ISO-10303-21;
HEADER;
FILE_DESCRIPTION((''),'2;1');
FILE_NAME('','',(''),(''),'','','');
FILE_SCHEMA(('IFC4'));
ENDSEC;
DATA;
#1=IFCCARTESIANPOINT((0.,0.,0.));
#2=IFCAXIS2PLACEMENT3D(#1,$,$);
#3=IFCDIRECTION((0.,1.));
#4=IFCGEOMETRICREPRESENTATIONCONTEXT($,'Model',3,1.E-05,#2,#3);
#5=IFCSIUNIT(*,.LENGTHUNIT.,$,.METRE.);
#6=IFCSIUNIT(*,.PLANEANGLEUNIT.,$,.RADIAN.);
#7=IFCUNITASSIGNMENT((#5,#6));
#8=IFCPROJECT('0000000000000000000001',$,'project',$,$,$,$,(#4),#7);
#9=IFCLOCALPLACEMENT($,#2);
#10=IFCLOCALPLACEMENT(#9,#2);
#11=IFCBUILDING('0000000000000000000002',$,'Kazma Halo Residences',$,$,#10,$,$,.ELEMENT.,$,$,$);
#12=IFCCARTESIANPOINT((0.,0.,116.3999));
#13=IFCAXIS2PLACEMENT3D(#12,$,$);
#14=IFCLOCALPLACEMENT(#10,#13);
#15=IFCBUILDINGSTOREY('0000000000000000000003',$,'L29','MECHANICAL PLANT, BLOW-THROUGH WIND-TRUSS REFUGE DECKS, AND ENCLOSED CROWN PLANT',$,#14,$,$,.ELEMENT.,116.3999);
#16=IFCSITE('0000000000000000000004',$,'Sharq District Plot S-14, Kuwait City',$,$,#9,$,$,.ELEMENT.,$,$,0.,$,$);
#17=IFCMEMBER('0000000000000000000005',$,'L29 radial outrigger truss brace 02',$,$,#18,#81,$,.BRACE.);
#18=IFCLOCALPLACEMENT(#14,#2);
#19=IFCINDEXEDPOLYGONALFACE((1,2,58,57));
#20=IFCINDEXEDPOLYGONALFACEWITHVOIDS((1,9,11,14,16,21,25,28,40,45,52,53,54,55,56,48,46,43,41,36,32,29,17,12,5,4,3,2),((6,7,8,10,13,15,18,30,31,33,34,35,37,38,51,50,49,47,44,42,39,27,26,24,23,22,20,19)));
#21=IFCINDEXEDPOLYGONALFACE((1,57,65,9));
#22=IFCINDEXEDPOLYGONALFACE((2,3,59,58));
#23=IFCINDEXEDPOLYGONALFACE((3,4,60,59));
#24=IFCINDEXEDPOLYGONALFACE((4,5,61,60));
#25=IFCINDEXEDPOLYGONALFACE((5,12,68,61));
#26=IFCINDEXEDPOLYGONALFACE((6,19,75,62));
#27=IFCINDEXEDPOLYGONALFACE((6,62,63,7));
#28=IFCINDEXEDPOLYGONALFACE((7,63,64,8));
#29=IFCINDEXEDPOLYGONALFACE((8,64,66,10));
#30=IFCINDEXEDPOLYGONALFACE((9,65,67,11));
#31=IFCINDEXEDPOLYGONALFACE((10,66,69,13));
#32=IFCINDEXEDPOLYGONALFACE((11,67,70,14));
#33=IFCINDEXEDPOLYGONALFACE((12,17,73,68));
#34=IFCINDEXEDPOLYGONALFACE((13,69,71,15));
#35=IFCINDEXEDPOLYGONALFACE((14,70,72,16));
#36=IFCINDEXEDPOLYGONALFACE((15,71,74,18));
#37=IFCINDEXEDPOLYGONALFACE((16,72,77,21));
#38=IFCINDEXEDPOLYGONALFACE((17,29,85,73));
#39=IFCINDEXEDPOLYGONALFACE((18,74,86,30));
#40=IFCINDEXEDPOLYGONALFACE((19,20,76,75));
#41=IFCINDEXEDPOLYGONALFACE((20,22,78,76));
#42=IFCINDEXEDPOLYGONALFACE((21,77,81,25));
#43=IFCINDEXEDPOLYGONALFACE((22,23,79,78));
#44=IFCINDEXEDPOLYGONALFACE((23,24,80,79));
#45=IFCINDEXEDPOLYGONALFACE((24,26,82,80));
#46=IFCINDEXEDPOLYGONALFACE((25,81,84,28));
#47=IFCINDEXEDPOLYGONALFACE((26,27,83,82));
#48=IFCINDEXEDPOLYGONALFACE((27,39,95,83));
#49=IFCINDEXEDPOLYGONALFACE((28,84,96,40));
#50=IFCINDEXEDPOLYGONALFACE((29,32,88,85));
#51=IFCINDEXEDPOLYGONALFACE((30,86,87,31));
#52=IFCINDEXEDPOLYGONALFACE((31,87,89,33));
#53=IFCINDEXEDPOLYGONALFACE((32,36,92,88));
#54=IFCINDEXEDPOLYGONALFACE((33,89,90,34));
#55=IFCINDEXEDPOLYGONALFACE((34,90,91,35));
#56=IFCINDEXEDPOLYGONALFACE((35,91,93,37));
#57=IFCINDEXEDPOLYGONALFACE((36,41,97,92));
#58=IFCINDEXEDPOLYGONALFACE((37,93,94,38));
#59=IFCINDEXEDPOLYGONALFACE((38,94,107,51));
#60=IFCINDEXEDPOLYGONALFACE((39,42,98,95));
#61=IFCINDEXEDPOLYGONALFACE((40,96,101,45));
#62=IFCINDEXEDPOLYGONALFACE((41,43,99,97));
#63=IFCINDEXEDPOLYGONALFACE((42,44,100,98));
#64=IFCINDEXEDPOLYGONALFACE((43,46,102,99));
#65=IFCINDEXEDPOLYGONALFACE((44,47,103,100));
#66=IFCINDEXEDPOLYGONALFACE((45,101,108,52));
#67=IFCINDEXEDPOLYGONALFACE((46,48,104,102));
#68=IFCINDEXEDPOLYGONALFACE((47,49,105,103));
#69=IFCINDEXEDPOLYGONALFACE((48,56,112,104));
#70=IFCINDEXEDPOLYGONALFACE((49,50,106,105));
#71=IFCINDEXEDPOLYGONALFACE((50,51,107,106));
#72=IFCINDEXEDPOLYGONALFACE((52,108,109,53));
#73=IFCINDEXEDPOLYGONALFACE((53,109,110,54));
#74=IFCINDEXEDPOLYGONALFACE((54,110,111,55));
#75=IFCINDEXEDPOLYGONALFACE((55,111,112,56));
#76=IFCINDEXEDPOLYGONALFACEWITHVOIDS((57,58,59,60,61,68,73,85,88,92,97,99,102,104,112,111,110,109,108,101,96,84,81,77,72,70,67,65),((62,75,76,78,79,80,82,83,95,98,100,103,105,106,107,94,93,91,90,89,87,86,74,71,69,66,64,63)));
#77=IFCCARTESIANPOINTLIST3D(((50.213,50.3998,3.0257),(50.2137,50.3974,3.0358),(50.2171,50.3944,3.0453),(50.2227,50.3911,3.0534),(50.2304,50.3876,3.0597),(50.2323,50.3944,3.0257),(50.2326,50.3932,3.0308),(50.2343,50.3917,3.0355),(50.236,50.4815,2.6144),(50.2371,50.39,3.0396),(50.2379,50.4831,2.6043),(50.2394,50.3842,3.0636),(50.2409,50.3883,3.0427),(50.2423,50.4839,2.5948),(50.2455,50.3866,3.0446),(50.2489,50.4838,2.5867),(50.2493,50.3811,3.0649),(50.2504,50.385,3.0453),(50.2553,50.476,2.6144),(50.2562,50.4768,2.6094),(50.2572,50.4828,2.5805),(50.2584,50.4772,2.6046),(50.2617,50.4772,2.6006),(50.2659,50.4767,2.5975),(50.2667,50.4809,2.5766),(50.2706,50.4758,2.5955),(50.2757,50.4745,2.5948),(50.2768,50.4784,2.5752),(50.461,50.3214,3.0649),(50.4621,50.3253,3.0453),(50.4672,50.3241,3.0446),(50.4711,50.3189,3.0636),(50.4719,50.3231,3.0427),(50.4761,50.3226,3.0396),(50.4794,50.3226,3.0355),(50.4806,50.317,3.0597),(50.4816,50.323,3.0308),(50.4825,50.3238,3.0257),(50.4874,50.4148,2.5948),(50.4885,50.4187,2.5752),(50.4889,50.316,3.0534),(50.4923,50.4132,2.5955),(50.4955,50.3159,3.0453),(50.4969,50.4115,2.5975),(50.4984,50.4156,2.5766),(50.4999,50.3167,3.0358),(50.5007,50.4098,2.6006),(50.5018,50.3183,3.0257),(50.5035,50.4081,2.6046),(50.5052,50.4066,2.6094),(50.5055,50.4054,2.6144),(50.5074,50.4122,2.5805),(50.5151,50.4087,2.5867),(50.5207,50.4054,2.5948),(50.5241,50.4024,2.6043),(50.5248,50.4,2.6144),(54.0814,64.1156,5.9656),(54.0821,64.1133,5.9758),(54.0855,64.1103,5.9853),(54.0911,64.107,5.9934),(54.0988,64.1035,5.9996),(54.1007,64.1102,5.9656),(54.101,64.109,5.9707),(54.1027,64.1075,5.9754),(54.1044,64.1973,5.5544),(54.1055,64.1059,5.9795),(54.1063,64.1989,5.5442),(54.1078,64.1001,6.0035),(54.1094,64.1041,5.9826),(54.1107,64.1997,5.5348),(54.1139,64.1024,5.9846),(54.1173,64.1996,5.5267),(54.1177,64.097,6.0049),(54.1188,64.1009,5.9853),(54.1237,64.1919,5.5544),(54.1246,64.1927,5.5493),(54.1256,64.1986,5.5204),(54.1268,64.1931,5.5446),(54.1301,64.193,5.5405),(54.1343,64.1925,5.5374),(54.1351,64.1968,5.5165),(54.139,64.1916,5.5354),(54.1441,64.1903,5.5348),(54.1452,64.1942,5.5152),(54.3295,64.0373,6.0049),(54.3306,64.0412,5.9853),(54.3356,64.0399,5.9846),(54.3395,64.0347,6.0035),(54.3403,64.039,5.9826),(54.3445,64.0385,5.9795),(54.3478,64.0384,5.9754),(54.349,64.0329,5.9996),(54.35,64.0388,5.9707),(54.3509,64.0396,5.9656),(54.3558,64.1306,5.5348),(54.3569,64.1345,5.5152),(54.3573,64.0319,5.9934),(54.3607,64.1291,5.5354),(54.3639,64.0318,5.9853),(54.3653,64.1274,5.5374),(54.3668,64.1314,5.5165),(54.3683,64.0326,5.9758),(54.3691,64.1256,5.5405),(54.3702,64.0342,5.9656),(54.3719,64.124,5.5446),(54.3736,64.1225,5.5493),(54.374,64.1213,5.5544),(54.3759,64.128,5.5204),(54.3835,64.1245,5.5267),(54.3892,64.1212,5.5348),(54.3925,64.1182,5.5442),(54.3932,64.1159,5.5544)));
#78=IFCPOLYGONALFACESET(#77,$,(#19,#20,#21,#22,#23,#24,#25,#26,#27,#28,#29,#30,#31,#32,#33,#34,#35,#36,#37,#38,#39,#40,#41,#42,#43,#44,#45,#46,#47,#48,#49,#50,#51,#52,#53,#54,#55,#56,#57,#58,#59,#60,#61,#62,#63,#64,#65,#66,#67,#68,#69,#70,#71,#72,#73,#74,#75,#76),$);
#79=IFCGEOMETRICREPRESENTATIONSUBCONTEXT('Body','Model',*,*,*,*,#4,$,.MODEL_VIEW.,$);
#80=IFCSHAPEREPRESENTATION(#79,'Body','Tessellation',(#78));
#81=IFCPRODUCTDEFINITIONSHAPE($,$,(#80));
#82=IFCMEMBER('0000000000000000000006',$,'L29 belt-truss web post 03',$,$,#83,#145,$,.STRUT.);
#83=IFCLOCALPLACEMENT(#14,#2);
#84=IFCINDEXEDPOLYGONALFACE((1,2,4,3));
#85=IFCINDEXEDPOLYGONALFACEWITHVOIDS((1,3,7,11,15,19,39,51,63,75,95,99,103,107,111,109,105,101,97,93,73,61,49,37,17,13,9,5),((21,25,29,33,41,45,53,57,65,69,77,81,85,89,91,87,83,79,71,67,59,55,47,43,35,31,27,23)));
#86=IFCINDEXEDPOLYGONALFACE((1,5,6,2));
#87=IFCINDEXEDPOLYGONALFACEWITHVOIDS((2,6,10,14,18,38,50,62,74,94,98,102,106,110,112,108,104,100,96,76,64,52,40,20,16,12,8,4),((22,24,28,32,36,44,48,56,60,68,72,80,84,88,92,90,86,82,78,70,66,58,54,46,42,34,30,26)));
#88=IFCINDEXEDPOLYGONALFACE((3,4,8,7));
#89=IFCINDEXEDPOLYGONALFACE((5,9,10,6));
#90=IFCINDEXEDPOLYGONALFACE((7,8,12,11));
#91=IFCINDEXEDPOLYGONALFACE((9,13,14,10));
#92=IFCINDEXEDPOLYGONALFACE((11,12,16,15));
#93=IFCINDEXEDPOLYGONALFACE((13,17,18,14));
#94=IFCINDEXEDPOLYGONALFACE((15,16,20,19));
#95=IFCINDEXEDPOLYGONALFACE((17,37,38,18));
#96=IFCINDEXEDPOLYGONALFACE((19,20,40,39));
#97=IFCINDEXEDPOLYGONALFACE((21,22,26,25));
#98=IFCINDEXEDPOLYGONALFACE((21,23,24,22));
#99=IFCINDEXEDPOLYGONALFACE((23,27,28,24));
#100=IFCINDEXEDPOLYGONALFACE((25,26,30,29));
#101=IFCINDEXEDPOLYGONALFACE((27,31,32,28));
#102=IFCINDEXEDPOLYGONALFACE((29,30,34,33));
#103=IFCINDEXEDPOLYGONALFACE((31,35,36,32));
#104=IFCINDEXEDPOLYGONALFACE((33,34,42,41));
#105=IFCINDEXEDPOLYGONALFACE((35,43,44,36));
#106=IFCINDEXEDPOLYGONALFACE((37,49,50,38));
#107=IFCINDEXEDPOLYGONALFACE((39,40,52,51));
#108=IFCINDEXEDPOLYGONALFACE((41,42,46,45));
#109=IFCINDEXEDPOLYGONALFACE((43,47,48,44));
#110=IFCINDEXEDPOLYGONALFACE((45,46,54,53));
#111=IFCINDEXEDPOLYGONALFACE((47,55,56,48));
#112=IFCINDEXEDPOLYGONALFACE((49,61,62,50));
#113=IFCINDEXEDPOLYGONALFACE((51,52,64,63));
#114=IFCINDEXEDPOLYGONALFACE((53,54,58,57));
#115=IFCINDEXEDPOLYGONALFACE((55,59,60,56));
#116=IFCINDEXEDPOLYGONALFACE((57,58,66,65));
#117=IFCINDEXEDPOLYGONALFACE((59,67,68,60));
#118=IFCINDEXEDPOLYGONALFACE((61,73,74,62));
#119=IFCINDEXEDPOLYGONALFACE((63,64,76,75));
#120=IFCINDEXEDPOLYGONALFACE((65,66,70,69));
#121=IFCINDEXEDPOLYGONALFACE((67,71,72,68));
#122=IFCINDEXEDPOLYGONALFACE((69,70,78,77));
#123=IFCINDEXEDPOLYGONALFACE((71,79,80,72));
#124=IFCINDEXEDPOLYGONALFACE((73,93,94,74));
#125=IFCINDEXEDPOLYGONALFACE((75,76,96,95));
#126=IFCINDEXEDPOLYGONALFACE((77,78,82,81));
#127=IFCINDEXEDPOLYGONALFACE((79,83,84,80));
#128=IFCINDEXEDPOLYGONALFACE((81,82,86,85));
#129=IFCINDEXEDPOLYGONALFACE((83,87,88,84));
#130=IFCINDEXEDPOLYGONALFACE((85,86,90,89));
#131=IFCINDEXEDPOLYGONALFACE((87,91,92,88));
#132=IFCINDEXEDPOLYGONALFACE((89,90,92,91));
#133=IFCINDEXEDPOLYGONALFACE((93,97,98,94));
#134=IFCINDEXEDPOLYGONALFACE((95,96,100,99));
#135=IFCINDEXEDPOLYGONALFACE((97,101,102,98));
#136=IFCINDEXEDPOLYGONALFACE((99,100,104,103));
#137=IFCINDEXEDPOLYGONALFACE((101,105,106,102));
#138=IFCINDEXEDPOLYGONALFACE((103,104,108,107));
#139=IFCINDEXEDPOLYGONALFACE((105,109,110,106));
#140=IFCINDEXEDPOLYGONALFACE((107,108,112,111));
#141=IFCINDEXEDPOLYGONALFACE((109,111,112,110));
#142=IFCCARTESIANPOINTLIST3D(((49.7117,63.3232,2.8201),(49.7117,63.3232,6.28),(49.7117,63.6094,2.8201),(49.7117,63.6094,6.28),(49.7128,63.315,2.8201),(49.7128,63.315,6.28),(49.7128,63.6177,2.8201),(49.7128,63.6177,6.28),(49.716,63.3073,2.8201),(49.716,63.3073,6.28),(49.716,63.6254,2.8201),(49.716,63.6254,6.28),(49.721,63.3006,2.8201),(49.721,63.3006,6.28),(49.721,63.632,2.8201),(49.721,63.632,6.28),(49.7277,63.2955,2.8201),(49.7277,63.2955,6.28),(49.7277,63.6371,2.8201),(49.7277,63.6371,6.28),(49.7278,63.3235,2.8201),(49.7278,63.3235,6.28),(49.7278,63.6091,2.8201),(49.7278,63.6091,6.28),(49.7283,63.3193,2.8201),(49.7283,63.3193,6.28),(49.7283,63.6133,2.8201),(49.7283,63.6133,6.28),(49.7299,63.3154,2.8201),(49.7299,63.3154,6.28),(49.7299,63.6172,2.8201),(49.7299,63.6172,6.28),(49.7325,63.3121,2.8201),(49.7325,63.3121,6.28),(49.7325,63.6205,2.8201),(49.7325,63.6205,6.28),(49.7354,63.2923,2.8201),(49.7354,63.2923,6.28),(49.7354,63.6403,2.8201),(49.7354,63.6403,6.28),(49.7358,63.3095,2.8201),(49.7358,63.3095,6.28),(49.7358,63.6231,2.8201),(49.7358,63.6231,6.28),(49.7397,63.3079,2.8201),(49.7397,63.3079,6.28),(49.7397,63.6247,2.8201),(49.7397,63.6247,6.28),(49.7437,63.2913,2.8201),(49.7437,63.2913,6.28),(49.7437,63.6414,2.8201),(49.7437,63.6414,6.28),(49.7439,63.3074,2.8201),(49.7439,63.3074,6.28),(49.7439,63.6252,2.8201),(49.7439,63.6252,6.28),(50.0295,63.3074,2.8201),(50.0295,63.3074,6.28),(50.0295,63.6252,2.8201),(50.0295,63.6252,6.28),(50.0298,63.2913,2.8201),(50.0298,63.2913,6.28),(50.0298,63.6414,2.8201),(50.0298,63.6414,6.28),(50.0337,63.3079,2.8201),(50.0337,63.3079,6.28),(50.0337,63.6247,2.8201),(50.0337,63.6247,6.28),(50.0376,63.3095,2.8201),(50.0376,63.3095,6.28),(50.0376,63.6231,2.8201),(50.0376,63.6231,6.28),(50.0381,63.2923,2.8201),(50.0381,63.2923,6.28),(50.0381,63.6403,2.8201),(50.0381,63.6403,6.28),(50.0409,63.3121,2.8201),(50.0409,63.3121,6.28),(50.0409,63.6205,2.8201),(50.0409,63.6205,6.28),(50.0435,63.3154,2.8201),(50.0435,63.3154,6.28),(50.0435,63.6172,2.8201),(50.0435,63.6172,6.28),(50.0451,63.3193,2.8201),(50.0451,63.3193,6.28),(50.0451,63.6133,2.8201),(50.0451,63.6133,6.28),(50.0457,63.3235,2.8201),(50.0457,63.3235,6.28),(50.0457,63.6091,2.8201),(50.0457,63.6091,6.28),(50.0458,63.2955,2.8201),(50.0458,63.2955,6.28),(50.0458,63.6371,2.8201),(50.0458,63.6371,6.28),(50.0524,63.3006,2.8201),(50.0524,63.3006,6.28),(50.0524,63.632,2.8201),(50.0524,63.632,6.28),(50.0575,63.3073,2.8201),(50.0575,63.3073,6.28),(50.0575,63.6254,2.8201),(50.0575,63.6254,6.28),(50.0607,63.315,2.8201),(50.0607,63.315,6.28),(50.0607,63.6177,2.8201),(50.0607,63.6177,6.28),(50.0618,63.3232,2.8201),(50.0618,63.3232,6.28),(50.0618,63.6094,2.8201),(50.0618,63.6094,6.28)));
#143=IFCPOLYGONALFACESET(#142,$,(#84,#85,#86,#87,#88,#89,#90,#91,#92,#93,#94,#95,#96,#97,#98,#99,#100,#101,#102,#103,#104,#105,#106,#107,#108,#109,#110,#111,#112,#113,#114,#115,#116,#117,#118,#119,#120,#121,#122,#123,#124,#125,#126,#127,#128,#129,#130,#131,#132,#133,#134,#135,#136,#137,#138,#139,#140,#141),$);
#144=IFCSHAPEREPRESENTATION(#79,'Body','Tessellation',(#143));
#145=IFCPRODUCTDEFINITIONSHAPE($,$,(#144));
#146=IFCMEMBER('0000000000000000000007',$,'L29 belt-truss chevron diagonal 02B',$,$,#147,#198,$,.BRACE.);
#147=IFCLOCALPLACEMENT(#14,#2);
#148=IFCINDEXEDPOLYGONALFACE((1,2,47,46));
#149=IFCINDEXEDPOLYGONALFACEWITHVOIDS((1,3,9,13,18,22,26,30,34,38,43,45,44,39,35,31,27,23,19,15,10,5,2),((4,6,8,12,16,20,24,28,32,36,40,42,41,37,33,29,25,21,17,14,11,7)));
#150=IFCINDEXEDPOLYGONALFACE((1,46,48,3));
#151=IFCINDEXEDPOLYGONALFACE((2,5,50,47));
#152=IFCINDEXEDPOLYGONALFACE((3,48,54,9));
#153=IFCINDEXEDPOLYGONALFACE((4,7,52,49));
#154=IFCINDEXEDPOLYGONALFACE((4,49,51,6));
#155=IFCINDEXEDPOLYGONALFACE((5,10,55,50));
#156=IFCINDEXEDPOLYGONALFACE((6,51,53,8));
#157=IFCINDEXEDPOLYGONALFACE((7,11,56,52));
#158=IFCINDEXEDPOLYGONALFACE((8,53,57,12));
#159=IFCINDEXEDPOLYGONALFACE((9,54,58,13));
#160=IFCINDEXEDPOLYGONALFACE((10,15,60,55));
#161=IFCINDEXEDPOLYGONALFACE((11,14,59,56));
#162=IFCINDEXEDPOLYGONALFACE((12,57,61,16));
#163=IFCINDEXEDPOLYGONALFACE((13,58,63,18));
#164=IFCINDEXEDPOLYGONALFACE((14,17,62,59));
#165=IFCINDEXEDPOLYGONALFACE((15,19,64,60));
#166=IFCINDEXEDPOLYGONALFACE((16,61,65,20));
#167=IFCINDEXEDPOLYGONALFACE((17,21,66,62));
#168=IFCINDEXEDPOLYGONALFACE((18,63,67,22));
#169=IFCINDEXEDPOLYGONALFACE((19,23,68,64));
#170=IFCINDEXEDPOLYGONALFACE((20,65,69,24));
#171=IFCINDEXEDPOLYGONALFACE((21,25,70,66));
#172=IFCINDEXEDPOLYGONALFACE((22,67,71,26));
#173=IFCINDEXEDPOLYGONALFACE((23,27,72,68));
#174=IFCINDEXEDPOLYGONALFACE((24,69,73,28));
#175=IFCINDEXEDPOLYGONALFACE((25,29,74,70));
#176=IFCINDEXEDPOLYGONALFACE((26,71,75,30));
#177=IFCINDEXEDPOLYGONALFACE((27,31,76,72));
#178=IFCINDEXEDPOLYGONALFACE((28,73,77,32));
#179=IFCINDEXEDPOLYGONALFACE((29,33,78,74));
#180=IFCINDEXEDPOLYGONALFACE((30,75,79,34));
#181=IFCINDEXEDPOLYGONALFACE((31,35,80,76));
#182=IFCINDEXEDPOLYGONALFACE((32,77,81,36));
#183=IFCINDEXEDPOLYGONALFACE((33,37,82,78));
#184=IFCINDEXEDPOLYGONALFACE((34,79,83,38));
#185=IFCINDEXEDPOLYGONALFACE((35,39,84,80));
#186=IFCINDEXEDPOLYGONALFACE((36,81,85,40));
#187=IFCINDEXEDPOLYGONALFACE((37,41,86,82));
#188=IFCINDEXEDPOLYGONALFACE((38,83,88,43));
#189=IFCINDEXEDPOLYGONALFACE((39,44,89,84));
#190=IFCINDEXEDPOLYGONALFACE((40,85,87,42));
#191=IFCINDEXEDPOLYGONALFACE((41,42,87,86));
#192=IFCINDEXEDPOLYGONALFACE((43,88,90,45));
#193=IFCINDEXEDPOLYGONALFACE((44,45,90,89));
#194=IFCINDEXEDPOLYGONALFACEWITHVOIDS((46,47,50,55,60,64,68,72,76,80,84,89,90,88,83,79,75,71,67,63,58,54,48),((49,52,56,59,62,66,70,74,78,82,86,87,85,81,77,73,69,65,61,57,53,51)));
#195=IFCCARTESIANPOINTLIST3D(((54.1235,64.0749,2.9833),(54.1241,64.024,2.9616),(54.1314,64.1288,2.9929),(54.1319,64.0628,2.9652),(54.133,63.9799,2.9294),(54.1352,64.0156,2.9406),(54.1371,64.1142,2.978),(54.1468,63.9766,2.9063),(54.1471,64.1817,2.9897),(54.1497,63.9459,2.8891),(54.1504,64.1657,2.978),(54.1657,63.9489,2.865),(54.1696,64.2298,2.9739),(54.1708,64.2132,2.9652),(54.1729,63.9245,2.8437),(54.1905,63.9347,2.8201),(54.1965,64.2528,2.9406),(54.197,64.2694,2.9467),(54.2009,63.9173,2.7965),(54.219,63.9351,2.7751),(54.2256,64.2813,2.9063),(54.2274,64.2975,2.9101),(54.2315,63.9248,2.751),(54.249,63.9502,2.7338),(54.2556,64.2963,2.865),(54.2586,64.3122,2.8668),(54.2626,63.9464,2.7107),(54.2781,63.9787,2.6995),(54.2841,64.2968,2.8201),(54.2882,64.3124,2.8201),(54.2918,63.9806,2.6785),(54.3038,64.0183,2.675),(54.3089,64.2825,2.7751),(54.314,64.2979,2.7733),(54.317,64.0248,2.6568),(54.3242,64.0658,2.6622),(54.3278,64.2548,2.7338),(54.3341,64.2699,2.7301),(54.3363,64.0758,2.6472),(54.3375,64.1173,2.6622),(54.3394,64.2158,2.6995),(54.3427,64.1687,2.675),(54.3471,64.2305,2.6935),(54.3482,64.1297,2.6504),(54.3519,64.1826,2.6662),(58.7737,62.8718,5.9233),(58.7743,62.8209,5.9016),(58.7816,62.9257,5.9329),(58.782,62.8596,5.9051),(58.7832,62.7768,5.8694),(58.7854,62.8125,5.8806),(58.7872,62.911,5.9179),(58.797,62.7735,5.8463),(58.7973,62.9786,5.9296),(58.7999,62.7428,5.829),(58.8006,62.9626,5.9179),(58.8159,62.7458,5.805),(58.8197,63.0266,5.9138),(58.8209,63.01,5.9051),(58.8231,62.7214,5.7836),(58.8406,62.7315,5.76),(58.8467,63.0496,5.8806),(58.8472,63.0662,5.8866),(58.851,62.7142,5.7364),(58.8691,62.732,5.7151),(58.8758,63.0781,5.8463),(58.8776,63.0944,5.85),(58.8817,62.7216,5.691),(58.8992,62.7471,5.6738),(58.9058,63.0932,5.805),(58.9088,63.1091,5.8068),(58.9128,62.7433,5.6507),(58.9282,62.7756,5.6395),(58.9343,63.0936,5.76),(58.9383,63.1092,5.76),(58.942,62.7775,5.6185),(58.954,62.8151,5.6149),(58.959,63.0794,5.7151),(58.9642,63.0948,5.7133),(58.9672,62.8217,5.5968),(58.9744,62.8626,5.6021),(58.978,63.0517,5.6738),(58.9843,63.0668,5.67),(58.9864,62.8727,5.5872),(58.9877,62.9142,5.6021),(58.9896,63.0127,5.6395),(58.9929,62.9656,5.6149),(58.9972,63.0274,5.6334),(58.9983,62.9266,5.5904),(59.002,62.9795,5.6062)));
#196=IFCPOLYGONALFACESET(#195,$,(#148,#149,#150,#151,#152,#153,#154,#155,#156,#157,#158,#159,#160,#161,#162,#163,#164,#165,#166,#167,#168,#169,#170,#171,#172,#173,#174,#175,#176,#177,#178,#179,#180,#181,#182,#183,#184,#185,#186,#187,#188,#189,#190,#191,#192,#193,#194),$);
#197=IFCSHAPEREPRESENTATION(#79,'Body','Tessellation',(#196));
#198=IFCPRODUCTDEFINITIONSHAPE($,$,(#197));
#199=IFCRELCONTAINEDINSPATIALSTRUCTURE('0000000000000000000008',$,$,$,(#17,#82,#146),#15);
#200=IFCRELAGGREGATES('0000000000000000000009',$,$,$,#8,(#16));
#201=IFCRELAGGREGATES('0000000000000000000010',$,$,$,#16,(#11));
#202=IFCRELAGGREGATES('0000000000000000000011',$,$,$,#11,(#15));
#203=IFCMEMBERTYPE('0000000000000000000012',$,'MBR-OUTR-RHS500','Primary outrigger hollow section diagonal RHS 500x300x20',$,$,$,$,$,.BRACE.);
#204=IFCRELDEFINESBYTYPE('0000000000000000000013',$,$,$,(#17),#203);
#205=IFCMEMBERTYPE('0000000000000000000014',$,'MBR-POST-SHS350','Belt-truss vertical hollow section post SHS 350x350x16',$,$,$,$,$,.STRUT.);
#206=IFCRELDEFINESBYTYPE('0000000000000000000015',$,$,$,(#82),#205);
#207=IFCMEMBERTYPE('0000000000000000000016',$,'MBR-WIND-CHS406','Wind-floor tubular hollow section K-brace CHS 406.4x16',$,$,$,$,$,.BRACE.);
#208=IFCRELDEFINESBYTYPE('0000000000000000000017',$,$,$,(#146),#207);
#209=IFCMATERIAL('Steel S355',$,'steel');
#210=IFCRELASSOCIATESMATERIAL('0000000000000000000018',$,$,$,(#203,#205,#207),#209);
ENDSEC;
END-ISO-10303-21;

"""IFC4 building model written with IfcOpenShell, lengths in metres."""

from ifc_helpers import new_model, si_unit, direction, frame, origin, origin_2d, place, context, subcontext, project, spatial, hollow_rectangle, hollow_circle, extrude, material, material_profile, profile_set, type_object, element, save


model = new_model("IFC4")

# Units and contexts
model_context = context("Model", 3, precision=1e-05, world=origin(), true_north=direction((0.0, 1.0)))
body_context = subcontext(model_context, "Body", "Model", "MODEL_VIEW")
ifc_project = project(units=[si_unit("LENGTHUNIT", "METRE"), si_unit("PLANEANGLEUNIT", "RADIAN")], contexts=[model_context])

# Site, building, storey
site_placement = place(None, origin())
site = spatial("IfcSite", under=ifc_project, at=site_placement, Name="Sharq District Plot S-14, Kuwait City", CompositionType="ELEMENT", RefElevation=0.0)
building_placement = place(site_placement, origin())
building = spatial("IfcBuilding", under=site, at=building_placement, Name="Kazma Halo Residences", CompositionType="ELEMENT")
storey_placement = place(building_placement, frame((0.0, 0.0, 116.3999)))
storey = spatial("IfcBuildingStorey", under=building, at=storey_placement, Name="L29", Description="MECHANICAL PLANT, BLOW-THROUGH WIND-TRUSS REFUGE DECKS, AND ENCLOSED CROWN PLANT", CompositionType="ELEMENT", Elevation=116.3999)

# Shared definitions
ifc_material_1 = material(Name="Steel S355", Category="steel")

# Members
ifc_material_profile_1 = material_profile(ifc_material_1, hollow_rectangle(XDim=0.3, YDim=0.5, WallThickness=0.02, InnerFilletRadius=0.02, OuterFilletRadius=0.04, at=origin_2d()), Name="RHS500x300x20")
ifc_profile_set_1 = profile_set([ifc_material_profile_1], Name="Steel S355")
member_type_1 = type_object("IfcMemberType", Name="MBR-OUTR-RHS500", Description="Primary outrigger hollow section diagonal RHS 500x300x20", PredefinedType="BRACE", material=ifc_profile_set_1)
member_1_placement = place(storey_placement, frame((50.3689, 50.3999, 2.8201), z_axis=(0.265852, 0.942603, 0.202044), x_axis=(-0.962453, 0.27145, 0.0)))
element("IfcMember", 1, at=member_1_placement, inside=storey, type_object=member_type_1, Name="L29 radial outrigger truss brace 02", PredefinedType="BRACE", context=body_context, shape_type="SweptSolid", body=[
    extrude(hollow_rectangle(XDim=0.3, YDim=0.5, WallThickness=0.02, InnerFilletRadius=0.02, OuterFilletRadius=0.04, at=origin_2d()), origin(), (0.0, 0.0, 1.0), 14.551),
])
ifc_material_profile_2 = material_profile(ifc_material_1, hollow_rectangle(XDim=0.3501, YDim=0.3501, WallThickness=0.0161, InnerFilletRadius=0.0161, OuterFilletRadius=0.032, at=origin_2d()), Name="SHS350x350x16")
ifc_profile_set_2 = profile_set([ifc_material_profile_2], Name="Steel S355")
member_type_2 = type_object("IfcMemberType", Name="MBR-POST-SHS350", Description="Belt-truss vertical hollow section post SHS 350x350x16", PredefinedType="STRUT", material=ifc_profile_set_2)
member_2_placement = place(storey_placement, frame((49.8867, 63.4663, 2.8201), z_axis=(0.0, 0.0, 1.0), x_axis=(1.0, 0.0, 0.0)))
element("IfcMember", 2, at=member_2_placement, inside=storey, type_object=member_type_2, Name="L29 belt-truss web post 03", PredefinedType="STRUT", context=body_context, shape_type="SweptSolid", body=[
    extrude(hollow_rectangle(XDim=0.3501, YDim=0.3501, WallThickness=0.0161, InnerFilletRadius=0.0161, OuterFilletRadius=0.032, at=origin_2d()), origin(), (0.0, 0.0, 1.0), 3.46),
])
ifc_material_profile_3 = material_profile(ifc_material_1, hollow_circle(Radius=0.2031, WallThickness=0.0161, at=origin_2d()), Name="CHS406.4x16")
ifc_profile_set_3 = profile_set([ifc_material_profile_3], Name="Steel S355")
member_type_3 = type_object("IfcMemberType", Name="MBR-WIND-CHS406", Description="Wind-floor tubular hollow section K-brace CHS 406.4x16", PredefinedType="BRACE", material=ifc_profile_set_3)
member_3_placement = place(storey_placement, frame((54.2373, 64.1157, 2.8201), z_axis=(0.825728, -0.213639, 0.522046), x_axis=(0.250481, 0.968122, 0.0)))
element("IfcMember", 3, at=member_3_placement, inside=storey, type_object=member_type_3, Name="L29 belt-truss chevron diagonal 02B", PredefinedType="BRACE", context=body_context, shape_type="SweptSolid", body=[
    extrude(hollow_circle(Radius=0.2031, WallThickness=0.0161, at=origin_2d()), origin(), (0.0, 0.0, 1.0), 5.6316),
])

save(model, "model.ifc")
